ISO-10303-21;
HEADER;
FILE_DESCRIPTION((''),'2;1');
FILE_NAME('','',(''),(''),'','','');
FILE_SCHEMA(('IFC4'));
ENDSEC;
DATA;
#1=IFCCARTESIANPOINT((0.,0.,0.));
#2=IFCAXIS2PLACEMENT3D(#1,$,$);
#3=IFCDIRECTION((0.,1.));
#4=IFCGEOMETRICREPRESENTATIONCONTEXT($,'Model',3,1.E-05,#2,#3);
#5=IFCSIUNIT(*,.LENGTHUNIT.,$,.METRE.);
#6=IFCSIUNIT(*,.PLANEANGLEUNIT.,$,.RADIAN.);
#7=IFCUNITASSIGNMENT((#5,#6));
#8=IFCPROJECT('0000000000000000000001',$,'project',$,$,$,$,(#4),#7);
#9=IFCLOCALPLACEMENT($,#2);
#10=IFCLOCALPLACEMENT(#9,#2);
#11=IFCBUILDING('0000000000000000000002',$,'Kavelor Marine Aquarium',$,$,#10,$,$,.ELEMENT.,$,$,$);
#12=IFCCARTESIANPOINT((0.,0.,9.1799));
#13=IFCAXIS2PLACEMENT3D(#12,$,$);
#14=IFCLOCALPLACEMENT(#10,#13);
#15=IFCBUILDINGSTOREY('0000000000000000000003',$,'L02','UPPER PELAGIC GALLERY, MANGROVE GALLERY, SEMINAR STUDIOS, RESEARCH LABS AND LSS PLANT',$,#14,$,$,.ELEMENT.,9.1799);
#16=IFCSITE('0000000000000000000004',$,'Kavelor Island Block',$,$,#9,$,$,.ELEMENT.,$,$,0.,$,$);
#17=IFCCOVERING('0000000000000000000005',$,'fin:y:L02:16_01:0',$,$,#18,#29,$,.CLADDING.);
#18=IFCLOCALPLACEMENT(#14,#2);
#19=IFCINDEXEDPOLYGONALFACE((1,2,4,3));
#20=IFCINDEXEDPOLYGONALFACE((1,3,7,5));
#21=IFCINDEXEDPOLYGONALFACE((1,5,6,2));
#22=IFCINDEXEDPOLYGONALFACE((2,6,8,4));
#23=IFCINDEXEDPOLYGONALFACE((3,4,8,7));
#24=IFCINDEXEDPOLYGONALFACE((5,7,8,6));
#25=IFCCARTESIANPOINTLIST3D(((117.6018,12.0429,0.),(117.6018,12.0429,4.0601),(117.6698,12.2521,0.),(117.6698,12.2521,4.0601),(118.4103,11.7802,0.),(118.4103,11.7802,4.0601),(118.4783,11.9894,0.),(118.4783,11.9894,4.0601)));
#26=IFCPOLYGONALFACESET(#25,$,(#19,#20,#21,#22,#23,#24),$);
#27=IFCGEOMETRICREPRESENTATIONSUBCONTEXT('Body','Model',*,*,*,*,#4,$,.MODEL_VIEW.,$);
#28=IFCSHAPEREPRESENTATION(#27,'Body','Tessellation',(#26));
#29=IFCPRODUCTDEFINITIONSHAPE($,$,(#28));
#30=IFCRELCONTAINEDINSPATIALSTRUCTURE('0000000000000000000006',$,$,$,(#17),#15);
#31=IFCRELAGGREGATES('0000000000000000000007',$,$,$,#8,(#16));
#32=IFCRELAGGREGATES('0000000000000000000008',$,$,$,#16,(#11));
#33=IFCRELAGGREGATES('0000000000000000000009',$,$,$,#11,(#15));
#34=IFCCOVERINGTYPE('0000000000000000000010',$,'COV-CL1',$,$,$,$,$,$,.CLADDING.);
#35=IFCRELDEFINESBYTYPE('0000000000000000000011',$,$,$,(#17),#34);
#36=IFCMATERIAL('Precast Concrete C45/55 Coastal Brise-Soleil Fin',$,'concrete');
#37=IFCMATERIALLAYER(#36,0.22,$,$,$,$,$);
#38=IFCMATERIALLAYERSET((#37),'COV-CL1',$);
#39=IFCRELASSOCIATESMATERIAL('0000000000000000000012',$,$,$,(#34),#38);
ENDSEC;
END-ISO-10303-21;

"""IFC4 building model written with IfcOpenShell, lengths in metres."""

from ifc_helpers import new_model, si_unit, direction, frame, origin, origin_2d, place, context, subcontext, project, spatial, rectangle, extrude, material, layer, layer_set, type_object, element, save


model = new_model("IFC4")

# Units and contexts
model_context = context("Model", 3, precision=1e-05, world=origin(), true_north=direction((0.0, 1.0)))
body_context = subcontext(model_context, "Body", "Model", "MODEL_VIEW")
ifc_project = project(units=[si_unit("LENGTHUNIT", "METRE"), si_unit("PLANEANGLEUNIT", "RADIAN")], contexts=[model_context])

# Site, building, storey
site_placement = place(None, origin())
site = spatial("IfcSite", under=ifc_project, at=site_placement, Name="Kavelor Island Block", CompositionType="ELEMENT", RefElevation=0.0)
building_placement = place(site_placement, origin())
building = spatial("IfcBuilding", under=site, at=building_placement, Name="Kavelor Marine Aquarium", CompositionType="ELEMENT")
storey_placement = place(building_placement, frame((0.0, 0.0, 9.1799)))
storey = spatial("IfcBuildingStorey", under=building, at=storey_placement, Name="L02", Description="UPPER PELAGIC GALLERY, MANGROVE GALLERY, SEMINAR STUDIOS, RESEARCH LABS AND LSS PLANT", CompositionType="ELEMENT", Elevation=9.1799)

# Covering
ifc_material_1 = material(Name="Precast Concrete C45/55 Coastal Brise-Soleil Fin", Category="concrete")
ifc_layer_1 = layer(ifc_material_1, 0.22)
ifc_layer_set_1 = layer_set([ifc_layer_1], Name="COV-CL1")
covering_type = type_object("IfcCoveringType", Name="COV-CL1", PredefinedType="CLADDING", material=ifc_layer_set_1)
for number, where, z_axis, x_axis, name in (
    (1, (118.04, 12.0161, 0.0), (0.0, 0.0, 1.0), (0.951057, -0.309017, 0.0), "fin:y:L02:16_01:0"),
):
    element("IfcCovering", number, at=place(storey_placement, frame(where, z_axis=z_axis, x_axis=x_axis)), inside=storey, type_object=covering_type, Name=name, PredefinedType="CLADDING", context=body_context, shape_type="SweptSolid", body=[
        extrude(rectangle(XDim=0.8501, YDim=0.22, at=origin_2d()), origin(), (0.0, 0.0, 1.0), 4.0601),
    ])

save(model, "model.ifc")
